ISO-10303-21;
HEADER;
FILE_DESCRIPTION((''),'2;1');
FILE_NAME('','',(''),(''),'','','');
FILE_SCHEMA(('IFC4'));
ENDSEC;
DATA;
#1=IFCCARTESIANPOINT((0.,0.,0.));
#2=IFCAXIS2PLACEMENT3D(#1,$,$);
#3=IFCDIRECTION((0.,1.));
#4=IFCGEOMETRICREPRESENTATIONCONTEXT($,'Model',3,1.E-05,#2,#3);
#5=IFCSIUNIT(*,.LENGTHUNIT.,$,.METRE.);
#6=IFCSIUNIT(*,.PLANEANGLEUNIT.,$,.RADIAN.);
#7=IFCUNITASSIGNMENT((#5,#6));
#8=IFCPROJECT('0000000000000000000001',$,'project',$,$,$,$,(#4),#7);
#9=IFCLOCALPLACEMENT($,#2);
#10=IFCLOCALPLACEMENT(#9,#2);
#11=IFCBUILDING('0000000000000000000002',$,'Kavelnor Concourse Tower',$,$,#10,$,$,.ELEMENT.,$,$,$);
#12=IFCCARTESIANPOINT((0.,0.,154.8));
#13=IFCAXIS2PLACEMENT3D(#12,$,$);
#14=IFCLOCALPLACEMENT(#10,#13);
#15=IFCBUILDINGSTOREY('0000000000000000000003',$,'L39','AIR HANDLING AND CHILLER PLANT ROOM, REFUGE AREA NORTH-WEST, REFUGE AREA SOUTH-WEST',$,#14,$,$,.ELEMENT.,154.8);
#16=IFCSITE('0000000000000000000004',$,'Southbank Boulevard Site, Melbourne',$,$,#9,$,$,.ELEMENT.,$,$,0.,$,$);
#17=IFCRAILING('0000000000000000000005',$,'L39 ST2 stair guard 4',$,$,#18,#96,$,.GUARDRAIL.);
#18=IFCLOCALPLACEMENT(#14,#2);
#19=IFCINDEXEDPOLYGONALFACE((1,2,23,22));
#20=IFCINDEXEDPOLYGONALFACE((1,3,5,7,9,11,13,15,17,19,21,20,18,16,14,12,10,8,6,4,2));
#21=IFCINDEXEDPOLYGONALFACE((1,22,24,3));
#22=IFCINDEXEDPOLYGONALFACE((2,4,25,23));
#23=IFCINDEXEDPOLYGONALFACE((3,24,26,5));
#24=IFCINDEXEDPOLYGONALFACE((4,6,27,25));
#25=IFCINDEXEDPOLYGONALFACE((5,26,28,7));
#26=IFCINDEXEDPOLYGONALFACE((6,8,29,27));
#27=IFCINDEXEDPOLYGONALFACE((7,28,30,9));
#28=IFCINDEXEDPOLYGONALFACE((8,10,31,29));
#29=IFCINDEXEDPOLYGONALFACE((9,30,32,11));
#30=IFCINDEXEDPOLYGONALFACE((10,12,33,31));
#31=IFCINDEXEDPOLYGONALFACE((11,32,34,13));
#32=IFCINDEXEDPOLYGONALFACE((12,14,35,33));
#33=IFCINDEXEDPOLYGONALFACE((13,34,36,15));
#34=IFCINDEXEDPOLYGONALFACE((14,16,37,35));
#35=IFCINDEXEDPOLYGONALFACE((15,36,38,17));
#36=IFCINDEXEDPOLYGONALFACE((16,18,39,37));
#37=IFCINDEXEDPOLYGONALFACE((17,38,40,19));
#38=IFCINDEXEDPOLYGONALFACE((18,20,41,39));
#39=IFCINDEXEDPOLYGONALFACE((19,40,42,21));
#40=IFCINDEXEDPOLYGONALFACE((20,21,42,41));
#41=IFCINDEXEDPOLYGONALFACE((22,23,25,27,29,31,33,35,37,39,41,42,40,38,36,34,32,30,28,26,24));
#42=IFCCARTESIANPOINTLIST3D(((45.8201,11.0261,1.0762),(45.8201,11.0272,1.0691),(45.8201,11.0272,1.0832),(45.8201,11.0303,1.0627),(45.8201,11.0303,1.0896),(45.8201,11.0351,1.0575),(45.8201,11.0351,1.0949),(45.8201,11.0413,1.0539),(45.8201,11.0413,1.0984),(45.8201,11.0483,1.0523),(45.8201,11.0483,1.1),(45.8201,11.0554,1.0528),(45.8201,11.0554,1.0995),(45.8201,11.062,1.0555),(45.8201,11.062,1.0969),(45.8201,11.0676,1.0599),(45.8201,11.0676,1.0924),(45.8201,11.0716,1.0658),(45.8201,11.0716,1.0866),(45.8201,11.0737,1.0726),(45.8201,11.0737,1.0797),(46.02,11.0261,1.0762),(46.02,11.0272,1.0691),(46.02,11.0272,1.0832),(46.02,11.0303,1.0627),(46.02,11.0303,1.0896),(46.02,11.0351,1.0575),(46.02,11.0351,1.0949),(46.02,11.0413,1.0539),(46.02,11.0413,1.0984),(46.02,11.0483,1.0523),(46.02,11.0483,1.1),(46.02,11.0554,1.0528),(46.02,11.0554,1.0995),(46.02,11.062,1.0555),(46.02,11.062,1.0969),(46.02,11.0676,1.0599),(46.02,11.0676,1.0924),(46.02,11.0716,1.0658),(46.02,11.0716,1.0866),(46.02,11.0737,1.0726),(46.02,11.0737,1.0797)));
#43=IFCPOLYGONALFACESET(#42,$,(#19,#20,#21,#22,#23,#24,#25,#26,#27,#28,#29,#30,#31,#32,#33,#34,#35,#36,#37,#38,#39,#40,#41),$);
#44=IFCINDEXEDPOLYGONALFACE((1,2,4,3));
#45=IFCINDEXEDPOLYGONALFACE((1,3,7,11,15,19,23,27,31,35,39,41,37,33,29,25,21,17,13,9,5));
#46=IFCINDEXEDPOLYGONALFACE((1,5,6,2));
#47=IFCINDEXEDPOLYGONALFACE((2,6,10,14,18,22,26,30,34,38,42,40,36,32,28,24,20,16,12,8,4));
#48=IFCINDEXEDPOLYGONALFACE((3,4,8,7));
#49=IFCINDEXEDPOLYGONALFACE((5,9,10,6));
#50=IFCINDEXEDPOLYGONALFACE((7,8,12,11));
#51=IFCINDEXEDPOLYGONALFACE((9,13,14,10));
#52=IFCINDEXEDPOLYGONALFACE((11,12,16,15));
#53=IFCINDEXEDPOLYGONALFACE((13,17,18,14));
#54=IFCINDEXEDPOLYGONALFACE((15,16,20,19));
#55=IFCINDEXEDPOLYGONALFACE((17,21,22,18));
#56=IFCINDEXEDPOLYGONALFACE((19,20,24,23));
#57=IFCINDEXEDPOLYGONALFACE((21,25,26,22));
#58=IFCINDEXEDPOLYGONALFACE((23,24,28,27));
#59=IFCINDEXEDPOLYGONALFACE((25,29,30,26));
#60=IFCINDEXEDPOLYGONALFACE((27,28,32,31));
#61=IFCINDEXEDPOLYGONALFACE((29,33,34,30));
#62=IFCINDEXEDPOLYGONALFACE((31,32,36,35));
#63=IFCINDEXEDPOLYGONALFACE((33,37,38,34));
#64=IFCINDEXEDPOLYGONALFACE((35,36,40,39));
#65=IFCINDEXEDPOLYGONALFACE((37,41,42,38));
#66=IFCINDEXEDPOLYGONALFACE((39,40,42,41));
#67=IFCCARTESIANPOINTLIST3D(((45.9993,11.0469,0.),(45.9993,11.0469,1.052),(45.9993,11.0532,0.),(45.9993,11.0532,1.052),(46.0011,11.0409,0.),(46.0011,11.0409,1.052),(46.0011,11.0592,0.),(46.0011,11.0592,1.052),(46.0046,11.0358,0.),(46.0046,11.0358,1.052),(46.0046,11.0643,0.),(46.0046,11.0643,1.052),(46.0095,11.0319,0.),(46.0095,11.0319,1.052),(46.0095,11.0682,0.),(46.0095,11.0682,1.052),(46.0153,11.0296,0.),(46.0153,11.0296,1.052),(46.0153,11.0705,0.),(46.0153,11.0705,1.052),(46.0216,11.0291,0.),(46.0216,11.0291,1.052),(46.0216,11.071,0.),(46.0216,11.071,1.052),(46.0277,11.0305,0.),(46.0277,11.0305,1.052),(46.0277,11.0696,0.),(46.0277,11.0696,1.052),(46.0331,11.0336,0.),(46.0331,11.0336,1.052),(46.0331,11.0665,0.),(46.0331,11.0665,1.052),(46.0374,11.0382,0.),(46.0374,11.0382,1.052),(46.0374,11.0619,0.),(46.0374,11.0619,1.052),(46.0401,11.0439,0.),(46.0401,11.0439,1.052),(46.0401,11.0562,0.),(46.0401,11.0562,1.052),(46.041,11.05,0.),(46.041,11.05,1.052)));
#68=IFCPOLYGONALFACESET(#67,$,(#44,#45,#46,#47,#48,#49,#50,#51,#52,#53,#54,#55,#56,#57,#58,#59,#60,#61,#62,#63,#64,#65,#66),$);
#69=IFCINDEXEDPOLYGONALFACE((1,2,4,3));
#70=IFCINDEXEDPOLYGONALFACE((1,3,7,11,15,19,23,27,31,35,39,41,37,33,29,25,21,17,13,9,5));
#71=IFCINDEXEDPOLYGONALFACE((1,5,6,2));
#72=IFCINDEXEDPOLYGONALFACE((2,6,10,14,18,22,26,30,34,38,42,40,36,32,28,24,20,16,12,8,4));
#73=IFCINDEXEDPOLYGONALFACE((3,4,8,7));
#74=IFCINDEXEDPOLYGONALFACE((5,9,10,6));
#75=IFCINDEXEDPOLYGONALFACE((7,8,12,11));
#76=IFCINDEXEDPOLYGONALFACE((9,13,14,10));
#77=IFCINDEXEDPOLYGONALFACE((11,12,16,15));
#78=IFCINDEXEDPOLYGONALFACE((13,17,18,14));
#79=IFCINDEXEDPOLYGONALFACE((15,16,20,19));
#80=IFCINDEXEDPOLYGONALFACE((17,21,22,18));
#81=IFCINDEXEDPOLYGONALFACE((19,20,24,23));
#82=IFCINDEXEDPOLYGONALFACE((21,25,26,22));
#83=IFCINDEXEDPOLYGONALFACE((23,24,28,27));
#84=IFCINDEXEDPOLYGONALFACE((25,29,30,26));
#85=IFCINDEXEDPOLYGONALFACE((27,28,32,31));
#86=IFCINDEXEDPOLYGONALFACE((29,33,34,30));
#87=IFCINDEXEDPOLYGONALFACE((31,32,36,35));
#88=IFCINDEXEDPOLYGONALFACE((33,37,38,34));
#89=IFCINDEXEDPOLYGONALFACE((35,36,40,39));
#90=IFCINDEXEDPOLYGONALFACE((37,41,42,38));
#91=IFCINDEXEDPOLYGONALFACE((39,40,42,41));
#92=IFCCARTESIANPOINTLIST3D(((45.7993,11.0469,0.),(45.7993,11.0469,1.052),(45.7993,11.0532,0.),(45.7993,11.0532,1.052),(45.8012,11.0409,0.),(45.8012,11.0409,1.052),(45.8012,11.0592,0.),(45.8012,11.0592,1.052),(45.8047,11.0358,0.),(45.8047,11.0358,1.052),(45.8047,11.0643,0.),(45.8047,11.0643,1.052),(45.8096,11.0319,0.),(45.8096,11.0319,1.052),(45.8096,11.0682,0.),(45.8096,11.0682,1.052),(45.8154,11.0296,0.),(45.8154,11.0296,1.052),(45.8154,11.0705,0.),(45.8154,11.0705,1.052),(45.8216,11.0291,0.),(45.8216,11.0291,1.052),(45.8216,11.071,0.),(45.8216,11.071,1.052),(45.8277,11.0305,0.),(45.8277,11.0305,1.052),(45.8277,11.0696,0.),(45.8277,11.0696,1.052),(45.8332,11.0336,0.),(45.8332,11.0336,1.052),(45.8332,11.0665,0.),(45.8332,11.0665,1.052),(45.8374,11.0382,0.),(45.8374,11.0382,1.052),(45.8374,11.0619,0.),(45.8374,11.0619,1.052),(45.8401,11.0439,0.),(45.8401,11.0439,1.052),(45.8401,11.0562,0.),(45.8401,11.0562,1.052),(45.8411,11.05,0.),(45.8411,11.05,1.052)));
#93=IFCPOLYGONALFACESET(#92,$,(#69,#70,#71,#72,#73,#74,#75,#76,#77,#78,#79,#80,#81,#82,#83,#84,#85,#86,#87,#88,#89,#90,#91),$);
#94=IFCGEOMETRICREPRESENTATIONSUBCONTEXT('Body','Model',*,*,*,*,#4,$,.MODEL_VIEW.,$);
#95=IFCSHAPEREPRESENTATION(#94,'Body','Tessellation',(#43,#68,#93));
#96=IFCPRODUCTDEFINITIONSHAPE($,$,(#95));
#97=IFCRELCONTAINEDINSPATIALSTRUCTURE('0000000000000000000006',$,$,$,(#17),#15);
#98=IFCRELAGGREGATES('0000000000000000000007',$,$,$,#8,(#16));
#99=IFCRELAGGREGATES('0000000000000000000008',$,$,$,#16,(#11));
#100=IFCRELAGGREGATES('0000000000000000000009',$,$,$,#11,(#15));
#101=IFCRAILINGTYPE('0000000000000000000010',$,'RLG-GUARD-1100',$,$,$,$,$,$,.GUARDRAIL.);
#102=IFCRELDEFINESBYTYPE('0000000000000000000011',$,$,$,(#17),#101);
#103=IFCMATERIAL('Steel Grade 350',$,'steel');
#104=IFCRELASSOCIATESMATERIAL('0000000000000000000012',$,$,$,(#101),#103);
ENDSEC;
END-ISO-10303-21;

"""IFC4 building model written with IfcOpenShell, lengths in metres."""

from ifc_helpers import new_model, si_unit, direction, frame, origin, origin_2d, place, context, subcontext, project, spatial, circle, extrude, material, type_object, element, save


model = new_model("IFC4")

# Units and contexts
model_context = context("Model", 3, precision=1e-05, world=origin(), true_north=direction((0.0, 1.0)))
body_context = subcontext(model_context, "Body", "Model", "MODEL_VIEW")
ifc_project = project(units=[si_unit("LENGTHUNIT", "METRE"), si_unit("PLANEANGLEUNIT", "RADIAN")], contexts=[model_context])

# Site, building, storey
site_placement = place(None, origin())
site = spatial("IfcSite", under=ifc_project, at=site_placement, Name="Southbank Boulevard Site, Melbourne", CompositionType="ELEMENT", RefElevation=0.0)
building_placement = place(site_placement, origin())
building = spatial("IfcBuilding", under=site, at=building_placement, Name="Kavelnor Concourse Tower", CompositionType="ELEMENT")
storey_placement = place(building_placement, frame((0.0, 0.0, 154.8)))
storey = spatial("IfcBuildingStorey", under=building, at=storey_placement, Name="L39", Description="AIR HANDLING AND CHILLER PLANT ROOM, REFUGE AREA NORTH-WEST, REFUGE AREA SOUTH-WEST", CompositionType="ELEMENT", Elevation=154.8)

# Shared definitions
ifc_material_1 = material(Name="Steel Grade 350", Category="steel")

# Railing
railing_type_1 = type_object("IfcRailingType", Name="RLG-GUARD-1100", PredefinedType="GUARDRAIL", material=ifc_material_1)
railing_1_placement = place(storey_placement, frame((46.02, 11.05, 0.0)))
element("IfcRailing", 1, at=railing_1_placement, inside=storey, type_object=railing_type_1, Name="L39 ST2 stair guard 4", PredefinedType="GUARDRAIL", context=body_context, shape_type="SweptSolid", body=[
    extrude(circle(Radius=0.0239, at=origin_2d()), frame((0.0, 0.0, 1.0762), z_axis=(-1.0, 0.0, 0.0), x_axis=(0.0, -1.0, 0.0)), (0.0, 0.0, 1.0), 0.2),
    extrude(circle(Radius=0.021, at=origin_2d()), origin(), (0.0, 0.0, 1.0), 1.052),
    extrude(circle(Radius=0.021, at=origin_2d()), frame((-0.2, 0.0, 0.0)), (0.0, 0.0, 1.0), 1.052),
])

save(model, "model.ifc")
